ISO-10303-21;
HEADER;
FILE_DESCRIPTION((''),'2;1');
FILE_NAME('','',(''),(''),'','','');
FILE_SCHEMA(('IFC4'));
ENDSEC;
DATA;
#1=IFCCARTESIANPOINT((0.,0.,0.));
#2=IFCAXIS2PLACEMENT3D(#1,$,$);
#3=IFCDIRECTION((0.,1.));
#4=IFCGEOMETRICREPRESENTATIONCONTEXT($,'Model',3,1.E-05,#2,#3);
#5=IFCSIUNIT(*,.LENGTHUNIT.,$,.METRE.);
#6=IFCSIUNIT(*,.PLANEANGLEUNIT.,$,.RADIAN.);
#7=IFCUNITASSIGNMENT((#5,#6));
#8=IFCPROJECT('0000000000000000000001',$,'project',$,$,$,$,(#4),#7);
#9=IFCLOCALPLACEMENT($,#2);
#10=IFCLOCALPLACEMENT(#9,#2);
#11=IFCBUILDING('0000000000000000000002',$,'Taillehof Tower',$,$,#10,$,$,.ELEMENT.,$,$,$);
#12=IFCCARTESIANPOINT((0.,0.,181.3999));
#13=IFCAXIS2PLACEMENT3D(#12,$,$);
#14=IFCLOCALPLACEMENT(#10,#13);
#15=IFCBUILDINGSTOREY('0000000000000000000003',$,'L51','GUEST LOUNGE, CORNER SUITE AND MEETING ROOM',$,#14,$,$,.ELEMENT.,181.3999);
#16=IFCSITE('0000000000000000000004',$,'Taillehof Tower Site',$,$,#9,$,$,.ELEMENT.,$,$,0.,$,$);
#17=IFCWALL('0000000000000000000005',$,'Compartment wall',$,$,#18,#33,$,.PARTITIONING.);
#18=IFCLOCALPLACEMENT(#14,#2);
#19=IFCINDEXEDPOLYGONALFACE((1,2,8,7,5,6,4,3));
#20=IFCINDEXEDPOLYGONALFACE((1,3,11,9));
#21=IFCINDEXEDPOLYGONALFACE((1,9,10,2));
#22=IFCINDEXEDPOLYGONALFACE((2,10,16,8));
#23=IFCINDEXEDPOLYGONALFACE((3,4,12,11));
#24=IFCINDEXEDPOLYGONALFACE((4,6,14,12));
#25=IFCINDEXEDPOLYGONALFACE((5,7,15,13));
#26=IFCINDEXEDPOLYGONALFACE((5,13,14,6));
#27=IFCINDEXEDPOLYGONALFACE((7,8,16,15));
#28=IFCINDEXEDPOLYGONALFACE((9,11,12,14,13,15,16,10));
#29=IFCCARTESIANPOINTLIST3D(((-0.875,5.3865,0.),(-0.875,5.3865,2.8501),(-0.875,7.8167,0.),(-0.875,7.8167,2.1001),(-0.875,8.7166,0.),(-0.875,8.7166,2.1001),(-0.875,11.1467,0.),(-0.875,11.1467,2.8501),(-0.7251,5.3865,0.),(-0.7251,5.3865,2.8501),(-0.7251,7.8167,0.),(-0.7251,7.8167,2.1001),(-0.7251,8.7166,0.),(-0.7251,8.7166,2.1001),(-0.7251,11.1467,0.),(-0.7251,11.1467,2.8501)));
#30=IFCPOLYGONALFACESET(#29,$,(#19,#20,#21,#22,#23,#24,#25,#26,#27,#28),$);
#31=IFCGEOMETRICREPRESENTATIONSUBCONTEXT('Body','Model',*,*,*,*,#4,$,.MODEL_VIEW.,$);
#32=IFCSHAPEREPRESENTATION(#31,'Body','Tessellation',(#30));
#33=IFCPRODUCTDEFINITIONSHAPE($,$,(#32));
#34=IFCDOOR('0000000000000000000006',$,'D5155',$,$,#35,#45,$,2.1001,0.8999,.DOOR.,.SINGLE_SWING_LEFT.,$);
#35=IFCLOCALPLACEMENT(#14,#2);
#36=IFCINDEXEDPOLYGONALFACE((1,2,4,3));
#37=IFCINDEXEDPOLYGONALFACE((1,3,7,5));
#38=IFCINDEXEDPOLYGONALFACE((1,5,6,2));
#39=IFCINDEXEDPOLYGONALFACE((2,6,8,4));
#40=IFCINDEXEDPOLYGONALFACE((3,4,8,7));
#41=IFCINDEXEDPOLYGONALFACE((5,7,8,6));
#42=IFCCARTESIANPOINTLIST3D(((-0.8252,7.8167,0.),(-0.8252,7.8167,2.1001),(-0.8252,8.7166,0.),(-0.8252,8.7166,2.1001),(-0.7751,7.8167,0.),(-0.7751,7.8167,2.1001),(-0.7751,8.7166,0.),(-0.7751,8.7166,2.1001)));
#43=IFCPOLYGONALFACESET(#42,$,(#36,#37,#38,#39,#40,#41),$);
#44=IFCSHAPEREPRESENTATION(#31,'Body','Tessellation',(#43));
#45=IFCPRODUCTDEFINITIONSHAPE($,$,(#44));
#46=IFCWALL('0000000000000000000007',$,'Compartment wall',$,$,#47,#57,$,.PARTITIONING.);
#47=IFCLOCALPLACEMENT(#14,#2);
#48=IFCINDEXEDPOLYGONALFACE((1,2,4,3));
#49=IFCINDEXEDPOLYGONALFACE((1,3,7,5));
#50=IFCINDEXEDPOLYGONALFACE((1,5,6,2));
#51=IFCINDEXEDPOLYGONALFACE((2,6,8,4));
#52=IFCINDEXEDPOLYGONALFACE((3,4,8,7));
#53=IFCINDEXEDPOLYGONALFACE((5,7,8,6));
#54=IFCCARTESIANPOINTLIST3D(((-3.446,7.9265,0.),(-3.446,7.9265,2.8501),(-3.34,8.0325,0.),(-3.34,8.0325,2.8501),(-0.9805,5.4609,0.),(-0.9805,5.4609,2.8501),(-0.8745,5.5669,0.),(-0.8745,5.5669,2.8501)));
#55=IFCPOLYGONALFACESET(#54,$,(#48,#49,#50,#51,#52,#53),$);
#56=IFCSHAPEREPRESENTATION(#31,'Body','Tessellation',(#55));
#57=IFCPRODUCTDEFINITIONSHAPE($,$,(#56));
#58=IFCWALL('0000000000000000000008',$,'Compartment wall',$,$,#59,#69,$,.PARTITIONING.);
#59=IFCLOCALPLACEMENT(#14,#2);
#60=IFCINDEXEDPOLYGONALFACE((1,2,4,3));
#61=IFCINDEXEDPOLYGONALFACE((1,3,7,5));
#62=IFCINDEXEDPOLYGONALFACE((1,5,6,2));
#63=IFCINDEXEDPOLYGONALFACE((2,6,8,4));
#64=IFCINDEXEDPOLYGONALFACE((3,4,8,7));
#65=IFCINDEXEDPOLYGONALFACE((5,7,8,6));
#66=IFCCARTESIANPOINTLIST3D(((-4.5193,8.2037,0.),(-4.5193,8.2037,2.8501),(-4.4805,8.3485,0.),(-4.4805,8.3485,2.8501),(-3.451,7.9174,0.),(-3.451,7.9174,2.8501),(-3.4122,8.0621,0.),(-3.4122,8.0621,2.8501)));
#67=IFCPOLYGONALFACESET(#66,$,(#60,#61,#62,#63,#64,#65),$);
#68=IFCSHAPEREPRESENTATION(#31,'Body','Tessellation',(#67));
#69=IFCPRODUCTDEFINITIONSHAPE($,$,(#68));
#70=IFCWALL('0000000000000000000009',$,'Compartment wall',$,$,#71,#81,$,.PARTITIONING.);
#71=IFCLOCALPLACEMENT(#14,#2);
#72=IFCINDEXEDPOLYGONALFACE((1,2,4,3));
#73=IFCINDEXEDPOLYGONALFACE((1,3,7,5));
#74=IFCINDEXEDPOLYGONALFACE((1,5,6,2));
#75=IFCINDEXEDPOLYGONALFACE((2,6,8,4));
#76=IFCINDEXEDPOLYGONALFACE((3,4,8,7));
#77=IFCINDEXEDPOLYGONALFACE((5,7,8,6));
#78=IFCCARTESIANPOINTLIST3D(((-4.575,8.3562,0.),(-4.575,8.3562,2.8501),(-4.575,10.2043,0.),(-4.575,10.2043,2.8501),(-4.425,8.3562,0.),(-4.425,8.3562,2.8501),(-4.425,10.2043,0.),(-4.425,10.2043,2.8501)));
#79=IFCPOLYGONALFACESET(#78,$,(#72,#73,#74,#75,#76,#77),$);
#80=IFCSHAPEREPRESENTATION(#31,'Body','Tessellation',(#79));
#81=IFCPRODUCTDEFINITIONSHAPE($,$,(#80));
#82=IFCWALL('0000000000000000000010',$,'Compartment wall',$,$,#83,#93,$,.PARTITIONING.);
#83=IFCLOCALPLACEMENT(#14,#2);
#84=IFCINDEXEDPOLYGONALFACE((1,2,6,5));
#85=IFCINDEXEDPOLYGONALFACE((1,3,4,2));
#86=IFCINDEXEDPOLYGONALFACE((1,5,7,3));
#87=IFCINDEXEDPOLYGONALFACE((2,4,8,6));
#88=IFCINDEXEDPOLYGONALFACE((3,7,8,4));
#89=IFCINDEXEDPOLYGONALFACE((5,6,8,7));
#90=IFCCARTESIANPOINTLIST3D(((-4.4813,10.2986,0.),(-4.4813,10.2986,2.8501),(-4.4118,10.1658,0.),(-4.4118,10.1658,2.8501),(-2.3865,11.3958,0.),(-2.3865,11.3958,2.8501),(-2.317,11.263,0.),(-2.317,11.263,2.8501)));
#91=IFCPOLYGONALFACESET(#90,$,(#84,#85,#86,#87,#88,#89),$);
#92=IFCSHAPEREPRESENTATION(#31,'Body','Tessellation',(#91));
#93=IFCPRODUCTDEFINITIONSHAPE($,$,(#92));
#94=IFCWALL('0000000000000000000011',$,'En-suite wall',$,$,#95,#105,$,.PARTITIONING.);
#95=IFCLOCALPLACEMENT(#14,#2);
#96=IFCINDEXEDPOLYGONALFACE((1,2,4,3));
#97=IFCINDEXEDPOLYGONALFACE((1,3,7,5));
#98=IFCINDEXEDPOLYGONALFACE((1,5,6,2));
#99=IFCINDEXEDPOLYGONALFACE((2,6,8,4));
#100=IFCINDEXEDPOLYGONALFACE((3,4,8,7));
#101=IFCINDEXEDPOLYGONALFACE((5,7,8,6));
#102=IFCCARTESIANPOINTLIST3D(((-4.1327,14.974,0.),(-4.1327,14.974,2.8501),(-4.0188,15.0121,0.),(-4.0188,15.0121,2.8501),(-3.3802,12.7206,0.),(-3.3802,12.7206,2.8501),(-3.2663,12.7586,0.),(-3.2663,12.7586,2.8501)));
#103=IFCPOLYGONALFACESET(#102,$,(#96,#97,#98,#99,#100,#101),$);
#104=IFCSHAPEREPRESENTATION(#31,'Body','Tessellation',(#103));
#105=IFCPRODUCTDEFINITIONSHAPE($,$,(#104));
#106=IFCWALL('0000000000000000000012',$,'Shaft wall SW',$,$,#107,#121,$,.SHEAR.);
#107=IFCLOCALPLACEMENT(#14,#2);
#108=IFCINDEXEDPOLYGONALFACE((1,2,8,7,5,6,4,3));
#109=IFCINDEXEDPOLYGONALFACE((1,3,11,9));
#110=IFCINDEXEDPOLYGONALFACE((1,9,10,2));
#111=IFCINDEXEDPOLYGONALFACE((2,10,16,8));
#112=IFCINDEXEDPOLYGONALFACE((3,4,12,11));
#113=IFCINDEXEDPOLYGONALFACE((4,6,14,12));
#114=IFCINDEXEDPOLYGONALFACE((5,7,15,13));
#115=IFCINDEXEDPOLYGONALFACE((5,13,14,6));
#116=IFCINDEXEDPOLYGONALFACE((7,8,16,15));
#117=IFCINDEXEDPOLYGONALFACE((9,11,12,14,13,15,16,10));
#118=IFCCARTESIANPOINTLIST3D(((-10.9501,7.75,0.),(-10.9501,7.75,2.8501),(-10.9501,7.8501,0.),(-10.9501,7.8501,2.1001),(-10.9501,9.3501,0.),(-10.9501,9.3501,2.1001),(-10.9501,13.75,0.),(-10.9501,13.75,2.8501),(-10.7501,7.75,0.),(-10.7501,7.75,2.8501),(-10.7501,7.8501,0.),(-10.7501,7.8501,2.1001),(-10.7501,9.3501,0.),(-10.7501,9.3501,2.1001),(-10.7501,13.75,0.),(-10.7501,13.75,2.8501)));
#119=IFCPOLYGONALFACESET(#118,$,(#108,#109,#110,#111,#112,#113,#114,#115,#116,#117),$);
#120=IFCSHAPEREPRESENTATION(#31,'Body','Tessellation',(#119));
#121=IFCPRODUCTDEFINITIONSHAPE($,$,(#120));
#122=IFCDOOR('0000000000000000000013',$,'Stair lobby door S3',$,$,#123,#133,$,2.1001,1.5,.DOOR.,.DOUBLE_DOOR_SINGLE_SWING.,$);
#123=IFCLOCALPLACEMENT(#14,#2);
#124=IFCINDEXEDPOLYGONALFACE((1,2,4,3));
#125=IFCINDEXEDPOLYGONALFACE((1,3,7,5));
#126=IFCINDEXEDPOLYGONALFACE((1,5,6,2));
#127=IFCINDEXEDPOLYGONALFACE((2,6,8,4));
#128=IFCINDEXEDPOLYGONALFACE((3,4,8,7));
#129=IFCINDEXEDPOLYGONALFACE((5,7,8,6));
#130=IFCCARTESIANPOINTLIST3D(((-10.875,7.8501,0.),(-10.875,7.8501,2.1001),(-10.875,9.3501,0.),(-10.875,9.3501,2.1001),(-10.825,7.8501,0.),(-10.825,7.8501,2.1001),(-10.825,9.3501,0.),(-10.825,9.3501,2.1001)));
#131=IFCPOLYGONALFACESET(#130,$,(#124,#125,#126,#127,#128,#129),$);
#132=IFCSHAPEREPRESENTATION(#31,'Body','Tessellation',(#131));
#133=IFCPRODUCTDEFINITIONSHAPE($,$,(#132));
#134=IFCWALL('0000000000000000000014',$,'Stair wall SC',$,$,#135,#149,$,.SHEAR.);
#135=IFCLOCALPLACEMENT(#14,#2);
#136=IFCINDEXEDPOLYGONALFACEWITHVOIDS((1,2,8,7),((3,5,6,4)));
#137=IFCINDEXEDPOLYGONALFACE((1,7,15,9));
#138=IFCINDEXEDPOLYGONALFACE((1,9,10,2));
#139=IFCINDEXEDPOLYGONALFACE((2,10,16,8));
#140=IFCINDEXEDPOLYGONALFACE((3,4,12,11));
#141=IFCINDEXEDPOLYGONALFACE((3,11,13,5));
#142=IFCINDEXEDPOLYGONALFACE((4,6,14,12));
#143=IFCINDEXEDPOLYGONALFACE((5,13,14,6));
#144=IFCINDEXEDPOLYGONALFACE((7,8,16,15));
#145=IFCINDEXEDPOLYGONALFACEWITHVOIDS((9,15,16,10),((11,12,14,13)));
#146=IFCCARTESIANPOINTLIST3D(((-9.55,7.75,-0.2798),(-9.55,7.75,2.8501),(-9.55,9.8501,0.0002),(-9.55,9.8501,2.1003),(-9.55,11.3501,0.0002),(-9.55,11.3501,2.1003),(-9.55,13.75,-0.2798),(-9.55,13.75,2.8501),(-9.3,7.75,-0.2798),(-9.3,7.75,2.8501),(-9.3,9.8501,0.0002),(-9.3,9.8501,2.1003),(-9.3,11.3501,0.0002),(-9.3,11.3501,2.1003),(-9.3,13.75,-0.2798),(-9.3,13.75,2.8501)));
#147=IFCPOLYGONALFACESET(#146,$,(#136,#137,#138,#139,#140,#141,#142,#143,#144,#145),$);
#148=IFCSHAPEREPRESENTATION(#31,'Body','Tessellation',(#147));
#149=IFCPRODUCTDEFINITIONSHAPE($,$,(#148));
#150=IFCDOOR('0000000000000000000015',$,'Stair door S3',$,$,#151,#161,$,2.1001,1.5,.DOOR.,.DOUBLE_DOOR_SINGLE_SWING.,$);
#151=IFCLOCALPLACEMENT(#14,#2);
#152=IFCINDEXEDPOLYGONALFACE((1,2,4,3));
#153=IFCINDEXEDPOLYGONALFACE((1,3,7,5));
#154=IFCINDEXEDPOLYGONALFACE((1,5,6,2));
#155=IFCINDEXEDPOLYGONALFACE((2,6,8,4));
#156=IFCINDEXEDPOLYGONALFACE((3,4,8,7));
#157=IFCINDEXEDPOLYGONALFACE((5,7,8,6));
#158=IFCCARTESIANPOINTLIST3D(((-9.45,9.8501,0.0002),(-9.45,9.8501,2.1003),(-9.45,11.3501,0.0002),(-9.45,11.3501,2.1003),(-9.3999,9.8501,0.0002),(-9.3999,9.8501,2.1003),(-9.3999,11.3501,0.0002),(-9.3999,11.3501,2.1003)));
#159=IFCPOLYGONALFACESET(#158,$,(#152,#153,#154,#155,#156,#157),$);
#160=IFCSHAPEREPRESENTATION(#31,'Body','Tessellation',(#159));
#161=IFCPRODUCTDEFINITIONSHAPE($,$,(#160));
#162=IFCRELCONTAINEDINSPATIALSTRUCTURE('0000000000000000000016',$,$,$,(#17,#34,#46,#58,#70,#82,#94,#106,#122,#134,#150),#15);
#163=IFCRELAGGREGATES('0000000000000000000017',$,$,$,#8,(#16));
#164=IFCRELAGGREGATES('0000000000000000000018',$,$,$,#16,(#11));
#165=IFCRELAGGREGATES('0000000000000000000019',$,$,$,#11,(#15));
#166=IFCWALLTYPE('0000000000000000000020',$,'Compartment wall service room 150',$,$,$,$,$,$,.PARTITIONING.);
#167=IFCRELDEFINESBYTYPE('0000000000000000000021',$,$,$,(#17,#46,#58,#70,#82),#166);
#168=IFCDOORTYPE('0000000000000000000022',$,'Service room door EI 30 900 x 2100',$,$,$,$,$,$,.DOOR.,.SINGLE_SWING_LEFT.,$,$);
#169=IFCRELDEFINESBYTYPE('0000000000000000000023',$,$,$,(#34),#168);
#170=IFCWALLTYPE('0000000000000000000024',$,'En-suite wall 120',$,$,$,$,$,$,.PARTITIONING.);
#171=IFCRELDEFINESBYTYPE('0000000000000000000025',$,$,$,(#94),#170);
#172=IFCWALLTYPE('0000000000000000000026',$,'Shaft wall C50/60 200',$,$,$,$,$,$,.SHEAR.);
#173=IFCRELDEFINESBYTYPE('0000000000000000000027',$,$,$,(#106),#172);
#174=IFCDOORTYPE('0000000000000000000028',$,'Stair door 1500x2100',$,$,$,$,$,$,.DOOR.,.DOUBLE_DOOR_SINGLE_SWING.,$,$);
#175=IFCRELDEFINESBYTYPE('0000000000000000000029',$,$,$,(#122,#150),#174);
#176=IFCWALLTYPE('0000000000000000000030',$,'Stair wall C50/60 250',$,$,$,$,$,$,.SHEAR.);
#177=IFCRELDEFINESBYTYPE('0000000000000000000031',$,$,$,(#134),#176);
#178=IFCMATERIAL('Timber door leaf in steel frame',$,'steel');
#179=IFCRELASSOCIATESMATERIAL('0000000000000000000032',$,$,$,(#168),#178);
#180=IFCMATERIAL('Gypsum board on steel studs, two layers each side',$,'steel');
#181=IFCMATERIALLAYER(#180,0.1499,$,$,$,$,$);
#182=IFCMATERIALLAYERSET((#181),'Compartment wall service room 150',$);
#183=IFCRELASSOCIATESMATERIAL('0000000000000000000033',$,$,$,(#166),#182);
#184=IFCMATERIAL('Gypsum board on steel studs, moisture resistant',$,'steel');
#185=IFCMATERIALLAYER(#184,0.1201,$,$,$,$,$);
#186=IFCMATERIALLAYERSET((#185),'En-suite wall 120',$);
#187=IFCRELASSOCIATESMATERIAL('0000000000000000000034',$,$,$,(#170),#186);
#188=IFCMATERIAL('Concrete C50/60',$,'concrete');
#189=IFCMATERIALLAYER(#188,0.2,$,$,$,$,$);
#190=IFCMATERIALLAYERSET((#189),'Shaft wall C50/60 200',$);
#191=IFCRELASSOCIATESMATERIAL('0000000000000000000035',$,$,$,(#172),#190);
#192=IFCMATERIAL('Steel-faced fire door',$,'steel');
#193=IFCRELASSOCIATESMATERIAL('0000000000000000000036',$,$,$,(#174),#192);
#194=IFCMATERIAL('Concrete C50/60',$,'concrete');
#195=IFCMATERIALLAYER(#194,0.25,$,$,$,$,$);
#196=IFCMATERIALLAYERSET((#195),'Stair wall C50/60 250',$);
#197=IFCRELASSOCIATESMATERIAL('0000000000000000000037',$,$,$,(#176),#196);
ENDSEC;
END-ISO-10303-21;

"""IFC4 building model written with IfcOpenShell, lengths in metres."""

from ifc_helpers import new_model, si_unit, direction, frame, frame_2d, origin, place, context, subcontext, project, spatial, rectangle, extrude, material, layer, layer_set, type_object, element, fill, save


model = new_model("IFC4")

# Units and contexts
model_context = context("Model", 3, precision=1e-05, world=origin(), true_north=direction((0.0, 1.0)))
body_context = subcontext(model_context, "Body", "Model", "MODEL_VIEW")
ifc_project = project(units=[si_unit("LENGTHUNIT", "METRE"), si_unit("PLANEANGLEUNIT", "RADIAN")], contexts=[model_context])

# Site, building, storey
site_placement = place(None, origin())
site = spatial("IfcSite", under=ifc_project, at=site_placement, Name="Taillehof Tower Site", CompositionType="ELEMENT", RefElevation=0.0)
building_placement = place(site_placement, origin())
building = spatial("IfcBuilding", under=site, at=building_placement, Name="Taillehof Tower", CompositionType="ELEMENT")
storey_placement = place(building_placement, frame((0.0, 0.0, 181.3999)))
storey = spatial("IfcBuildingStorey", under=building, at=storey_placement, Name="L51", Description="GUEST LOUNGE, CORNER SUITE AND MEETING ROOM", CompositionType="ELEMENT", Elevation=181.3999)

# Shared definitions
ifc_material_1 = material(Name="Timber door leaf in steel frame", Category="steel")
door_type_1 = type_object("IfcDoorType", Name="Service room door EI 30 900 x 2100", OperationType="SINGLE_SWING_LEFT", PredefinedType="DOOR", material=ifc_material_1)

# Shared definitions
ifc_material_2 = material(Name="Gypsum board on steel studs, two layers each side", Category="steel")
ifc_layer_1 = layer(ifc_material_2, 0.1499)
ifc_layer_set_1 = layer_set([ifc_layer_1], Name="Compartment wall service room 150")
wall_type_1 = type_object("IfcWallType", Name="Compartment wall service room 150", PredefinedType="PARTITIONING", material=ifc_layer_set_1)

# Wall, opening, door
wall_1_placement = place(storey_placement, frame((-0.8, 11.1467, 0.0), z_axis=(0.0, 0.0, 1.0), x_axis=(0.0, -1.0, 0.0)))
wall_1 = element("IfcWall", 1, at=wall_1_placement, inside=storey, type_object=wall_type_1, Name="Compartment wall", PredefinedType="PARTITIONING", context=body_context, shape_type="SweptSolid", body=[
    extrude(rectangle(XDim=5.7603, YDim=0.1499, at=frame_2d((2.8801, 0.0))), origin(), (0.0, 0.0, 1.0), 2.8501),
])
opening_1_placement = place(wall_1_placement, frame((2.4302, 0.0, 0.0)))
opening_1 = element("IfcOpeningElement", 2, at=opening_1_placement, cuts=wall_1, PredefinedType="OPENING", context=body_context, shape_type="SweptSolid", body=[
    extrude(rectangle(XDim=0.8999, YDim=2.1001, at=frame_2d((0.45, 1.05))), frame((0.0, 0.085, 0.0), z_axis=(0.0, -1.0, 0.0), x_axis=(1.0, 0.0, 0.0)), (0.0, 0.0, 1.0), 0.1699),
])
door_1_placement = place(opening_1_placement, origin())
door_1 = element("IfcDoor", 3, at=door_1_placement, inside=storey, type_object=door_type_1, Name="D5155", OperationType="SINGLE_SWING_LEFT", OverallHeight=2.1001, OverallWidth=0.8999, PredefinedType="DOOR", context=body_context, shape_type="SweptSolid", body=[
    extrude(rectangle(XDim=0.8999, YDim=2.1001, at=frame_2d((0.45, 1.05))), frame((0.0, 0.0249, 0.0), z_axis=(0.0, -1.0, 0.0), x_axis=(1.0, 0.0, 0.0)), (0.0, 0.0, 1.0), 0.05),
])
fill(opening_1, door_1)

# Walls
wall_2_placement = place(storey_placement, frame((-0.9275, 5.5139, 0.0), z_axis=(0.0, 0.0, 1.0), x_axis=(-0.707107, 0.707107, 0.0)))
element("IfcWall", 4, at=wall_2_placement, inside=storey, type_object=wall_type_1, Name="Compartment wall", PredefinedType="PARTITIONING", context=body_context, shape_type="SweptSolid", body=[
    extrude(rectangle(XDim=3.4868, YDim=0.1499, at=frame_2d((1.7434, 0.0))), origin(), (0.0, 0.0, 1.0), 2.8501),
])
wall_3_placement = place(storey_placement, frame((-3.4316, 7.9897, 0.0), z_axis=(0.0, 0.0, 1.0), x_axis=(-0.965901, 0.258913, 0.0)))
element("IfcWall", 5, at=wall_3_placement, inside=storey, type_object=wall_type_1, Name="Compartment wall", PredefinedType="PARTITIONING", context=body_context, shape_type="SweptSolid", body=[
    extrude(rectangle(XDim=1.106, YDim=0.1499, at=frame_2d((0.553, 0.0))), origin(), (0.0, 0.0, 1.0), 2.8501),
])
wall_4_placement = place(storey_placement, frame((-4.5, 8.3562, 0.0), z_axis=(0.0, 0.0, 1.0), x_axis=(0.0, 1.0, 0.0)))
element("IfcWall", 6, at=wall_4_placement, inside=storey, type_object=wall_type_1, Name="Compartment wall", PredefinedType="PARTITIONING", context=body_context, shape_type="SweptSolid", body=[
    extrude(rectangle(XDim=1.8481, YDim=0.1499, at=frame_2d((0.9241, 0.0))), origin(), (0.0, 0.0, 1.0), 2.8501),
])
wall_5_placement = place(storey_placement, frame((-4.4465, 10.2322, 0.0), z_axis=(0.0, 0.0, 1.0), x_axis=(0.885844, 0.463984, 0.0)))
element("IfcWall", 7, at=wall_5_placement, inside=storey, type_object=wall_type_1, Name="Compartment wall", PredefinedType="PARTITIONING", context=body_context, shape_type="SweptSolid", body=[
    extrude(rectangle(XDim=2.3647, YDim=0.1499, at=frame_2d((1.1824, 0.0))), origin(), (0.0, 0.0, 1.0), 2.8501),
])
ifc_material_3 = material(Name="Gypsum board on steel studs, moisture resistant", Category="steel")
ifc_layer_2 = layer(ifc_material_3, 0.1201)
ifc_layer_set_2 = layer_set([ifc_layer_2], Name="En-suite wall 120")
wall_type_2 = type_object("IfcWallType", Name="En-suite wall 120", PredefinedType="PARTITIONING", material=ifc_layer_set_2)
wall_6_placement = place(storey_placement, frame((-3.3232, 12.7395, 0.0), z_axis=(0.0, 0.0, 1.0), x_axis=(-0.316721, 0.948519, 0.0)))
element("IfcWall", 8, at=wall_6_placement, inside=storey, type_object=wall_type_2, Name="En-suite wall", PredefinedType="PARTITIONING", context=body_context, shape_type="SweptSolid", body=[
    extrude(rectangle(XDim=2.3757, YDim=0.1201, at=frame_2d((1.188, 0.0))), origin(), (0.0, 0.0, 1.0), 2.8501),
])

# Walls, openings, doors
ifc_material_4 = material(Name="Concrete C50/60", Category="concrete")
ifc_layer_3 = layer(ifc_material_4, 0.2)
ifc_layer_set_3 = layer_set([ifc_layer_3], Name="Shaft wall C50/60 200")
wall_type_3 = type_object("IfcWallType", Name="Shaft wall C50/60 200", PredefinedType="SHEAR", material=ifc_layer_set_3)
wall_7_placement = place(storey_placement, frame((-10.8501, 7.75, 0.0), z_axis=(0.0, 0.0, 1.0), x_axis=(0.0, 1.0, 0.0)))
wall_7 = element("IfcWall", 9, at=wall_7_placement, inside=storey, type_object=wall_type_3, Name="Shaft wall SW", PredefinedType="SHEAR", context=body_context, shape_type="SweptSolid", body=[
    extrude(rectangle(XDim=6.0, YDim=0.2, at=frame_2d((3.0, 0.0))), origin(), (0.0, 0.0, 1.0), 2.8501),
])
opening_2_placement = place(wall_7_placement, frame((0.1001, 0.0, 0.0)))
opening_2 = element("IfcOpeningElement", 10, at=opening_2_placement, cuts=wall_7, PredefinedType="OPENING", context=body_context, shape_type="SweptSolid", body=[
    extrude(rectangle(XDim=1.5, YDim=2.1001, at=frame_2d((0.75, 1.05))), frame((0.0, 0.1099, 0.0), z_axis=(0.0, -1.0, 0.0), x_axis=(1.0, 0.0, 0.0)), (0.0, 0.0, 1.0), 0.22),
])
ifc_material_5 = material(Name="Steel-faced fire door", Category="steel")
door_type_2 = type_object("IfcDoorType", Name="Stair door 1500x2100", OperationType="DOUBLE_DOOR_SINGLE_SWING", PredefinedType="DOOR", material=ifc_material_5)
door_2_placement = place(opening_2_placement, origin())
door_2 = element("IfcDoor", 11, at=door_2_placement, inside=storey, type_object=door_type_2, Name="Stair lobby door S3", OperationType="DOUBLE_DOOR_SINGLE_SWING", OverallHeight=2.1001, OverallWidth=1.5, PredefinedType="DOOR", context=body_context, shape_type="SweptSolid", body=[
    extrude(rectangle(XDim=1.5, YDim=2.1001, at=frame_2d((0.75, 1.05))), frame((0.0, 0.0249, 0.0), z_axis=(0.0, -1.0, 0.0), x_axis=(1.0, 0.0, 0.0)), (0.0, 0.0, 1.0), 0.05),
])
fill(opening_2, door_2)
ifc_material_6 = material(Name="Concrete C50/60", Category="concrete")
ifc_layer_4 = layer(ifc_material_6, 0.25)
ifc_layer_set_4 = layer_set([ifc_layer_4], Name="Stair wall C50/60 250")
wall_type_4 = type_object("IfcWallType", Name="Stair wall C50/60 250", PredefinedType="SHEAR", material=ifc_layer_set_4)
wall_8_placement = place(storey_placement, frame((-9.425, 7.75, -0.2798), z_axis=(0.0, 0.0, 1.0), x_axis=(0.0, 1.0, 0.0)))
wall_8 = element("IfcWall", 12, at=wall_8_placement, inside=storey, type_object=wall_type_4, Name="Stair wall SC", PredefinedType="SHEAR", context=body_context, shape_type="SweptSolid", body=[
    extrude(rectangle(XDim=6.0, YDim=0.25, at=frame_2d((3.0, 0.0))), origin(), (0.0, 0.0, 1.0), 3.1299),
])
opening_3_placement = place(wall_8_placement, frame((2.1001, 0.0, 0.28)))
opening_3 = element("IfcOpeningElement", 13, at=opening_3_placement, cuts=wall_8, PredefinedType="OPENING", context=body_context, shape_type="SweptSolid", body=[
    extrude(rectangle(XDim=1.5, YDim=2.1001, at=frame_2d((0.75, 1.05))), frame((0.0, 0.135, 0.0), z_axis=(0.0, -1.0, 0.0), x_axis=(1.0, 0.0, 0.0)), (0.0, 0.0, 1.0), 0.27),
])
door_3_placement = place(opening_3_placement, origin())
door_3 = element("IfcDoor", 14, at=door_3_placement, inside=storey, type_object=door_type_2, Name="Stair door S3", OperationType="DOUBLE_DOOR_SINGLE_SWING", OverallHeight=2.1001, OverallWidth=1.5, PredefinedType="DOOR", context=body_context, shape_type="SweptSolid", body=[
    extrude(rectangle(XDim=1.5, YDim=2.1001, at=frame_2d((0.75, 1.05))), frame((0.0, 0.0249, 0.0), z_axis=(0.0, -1.0, 0.0), x_axis=(1.0, 0.0, 0.0)), (0.0, 0.0, 1.0), 0.05),
])
fill(opening_3, door_3)

save(model, "model.ifc")
